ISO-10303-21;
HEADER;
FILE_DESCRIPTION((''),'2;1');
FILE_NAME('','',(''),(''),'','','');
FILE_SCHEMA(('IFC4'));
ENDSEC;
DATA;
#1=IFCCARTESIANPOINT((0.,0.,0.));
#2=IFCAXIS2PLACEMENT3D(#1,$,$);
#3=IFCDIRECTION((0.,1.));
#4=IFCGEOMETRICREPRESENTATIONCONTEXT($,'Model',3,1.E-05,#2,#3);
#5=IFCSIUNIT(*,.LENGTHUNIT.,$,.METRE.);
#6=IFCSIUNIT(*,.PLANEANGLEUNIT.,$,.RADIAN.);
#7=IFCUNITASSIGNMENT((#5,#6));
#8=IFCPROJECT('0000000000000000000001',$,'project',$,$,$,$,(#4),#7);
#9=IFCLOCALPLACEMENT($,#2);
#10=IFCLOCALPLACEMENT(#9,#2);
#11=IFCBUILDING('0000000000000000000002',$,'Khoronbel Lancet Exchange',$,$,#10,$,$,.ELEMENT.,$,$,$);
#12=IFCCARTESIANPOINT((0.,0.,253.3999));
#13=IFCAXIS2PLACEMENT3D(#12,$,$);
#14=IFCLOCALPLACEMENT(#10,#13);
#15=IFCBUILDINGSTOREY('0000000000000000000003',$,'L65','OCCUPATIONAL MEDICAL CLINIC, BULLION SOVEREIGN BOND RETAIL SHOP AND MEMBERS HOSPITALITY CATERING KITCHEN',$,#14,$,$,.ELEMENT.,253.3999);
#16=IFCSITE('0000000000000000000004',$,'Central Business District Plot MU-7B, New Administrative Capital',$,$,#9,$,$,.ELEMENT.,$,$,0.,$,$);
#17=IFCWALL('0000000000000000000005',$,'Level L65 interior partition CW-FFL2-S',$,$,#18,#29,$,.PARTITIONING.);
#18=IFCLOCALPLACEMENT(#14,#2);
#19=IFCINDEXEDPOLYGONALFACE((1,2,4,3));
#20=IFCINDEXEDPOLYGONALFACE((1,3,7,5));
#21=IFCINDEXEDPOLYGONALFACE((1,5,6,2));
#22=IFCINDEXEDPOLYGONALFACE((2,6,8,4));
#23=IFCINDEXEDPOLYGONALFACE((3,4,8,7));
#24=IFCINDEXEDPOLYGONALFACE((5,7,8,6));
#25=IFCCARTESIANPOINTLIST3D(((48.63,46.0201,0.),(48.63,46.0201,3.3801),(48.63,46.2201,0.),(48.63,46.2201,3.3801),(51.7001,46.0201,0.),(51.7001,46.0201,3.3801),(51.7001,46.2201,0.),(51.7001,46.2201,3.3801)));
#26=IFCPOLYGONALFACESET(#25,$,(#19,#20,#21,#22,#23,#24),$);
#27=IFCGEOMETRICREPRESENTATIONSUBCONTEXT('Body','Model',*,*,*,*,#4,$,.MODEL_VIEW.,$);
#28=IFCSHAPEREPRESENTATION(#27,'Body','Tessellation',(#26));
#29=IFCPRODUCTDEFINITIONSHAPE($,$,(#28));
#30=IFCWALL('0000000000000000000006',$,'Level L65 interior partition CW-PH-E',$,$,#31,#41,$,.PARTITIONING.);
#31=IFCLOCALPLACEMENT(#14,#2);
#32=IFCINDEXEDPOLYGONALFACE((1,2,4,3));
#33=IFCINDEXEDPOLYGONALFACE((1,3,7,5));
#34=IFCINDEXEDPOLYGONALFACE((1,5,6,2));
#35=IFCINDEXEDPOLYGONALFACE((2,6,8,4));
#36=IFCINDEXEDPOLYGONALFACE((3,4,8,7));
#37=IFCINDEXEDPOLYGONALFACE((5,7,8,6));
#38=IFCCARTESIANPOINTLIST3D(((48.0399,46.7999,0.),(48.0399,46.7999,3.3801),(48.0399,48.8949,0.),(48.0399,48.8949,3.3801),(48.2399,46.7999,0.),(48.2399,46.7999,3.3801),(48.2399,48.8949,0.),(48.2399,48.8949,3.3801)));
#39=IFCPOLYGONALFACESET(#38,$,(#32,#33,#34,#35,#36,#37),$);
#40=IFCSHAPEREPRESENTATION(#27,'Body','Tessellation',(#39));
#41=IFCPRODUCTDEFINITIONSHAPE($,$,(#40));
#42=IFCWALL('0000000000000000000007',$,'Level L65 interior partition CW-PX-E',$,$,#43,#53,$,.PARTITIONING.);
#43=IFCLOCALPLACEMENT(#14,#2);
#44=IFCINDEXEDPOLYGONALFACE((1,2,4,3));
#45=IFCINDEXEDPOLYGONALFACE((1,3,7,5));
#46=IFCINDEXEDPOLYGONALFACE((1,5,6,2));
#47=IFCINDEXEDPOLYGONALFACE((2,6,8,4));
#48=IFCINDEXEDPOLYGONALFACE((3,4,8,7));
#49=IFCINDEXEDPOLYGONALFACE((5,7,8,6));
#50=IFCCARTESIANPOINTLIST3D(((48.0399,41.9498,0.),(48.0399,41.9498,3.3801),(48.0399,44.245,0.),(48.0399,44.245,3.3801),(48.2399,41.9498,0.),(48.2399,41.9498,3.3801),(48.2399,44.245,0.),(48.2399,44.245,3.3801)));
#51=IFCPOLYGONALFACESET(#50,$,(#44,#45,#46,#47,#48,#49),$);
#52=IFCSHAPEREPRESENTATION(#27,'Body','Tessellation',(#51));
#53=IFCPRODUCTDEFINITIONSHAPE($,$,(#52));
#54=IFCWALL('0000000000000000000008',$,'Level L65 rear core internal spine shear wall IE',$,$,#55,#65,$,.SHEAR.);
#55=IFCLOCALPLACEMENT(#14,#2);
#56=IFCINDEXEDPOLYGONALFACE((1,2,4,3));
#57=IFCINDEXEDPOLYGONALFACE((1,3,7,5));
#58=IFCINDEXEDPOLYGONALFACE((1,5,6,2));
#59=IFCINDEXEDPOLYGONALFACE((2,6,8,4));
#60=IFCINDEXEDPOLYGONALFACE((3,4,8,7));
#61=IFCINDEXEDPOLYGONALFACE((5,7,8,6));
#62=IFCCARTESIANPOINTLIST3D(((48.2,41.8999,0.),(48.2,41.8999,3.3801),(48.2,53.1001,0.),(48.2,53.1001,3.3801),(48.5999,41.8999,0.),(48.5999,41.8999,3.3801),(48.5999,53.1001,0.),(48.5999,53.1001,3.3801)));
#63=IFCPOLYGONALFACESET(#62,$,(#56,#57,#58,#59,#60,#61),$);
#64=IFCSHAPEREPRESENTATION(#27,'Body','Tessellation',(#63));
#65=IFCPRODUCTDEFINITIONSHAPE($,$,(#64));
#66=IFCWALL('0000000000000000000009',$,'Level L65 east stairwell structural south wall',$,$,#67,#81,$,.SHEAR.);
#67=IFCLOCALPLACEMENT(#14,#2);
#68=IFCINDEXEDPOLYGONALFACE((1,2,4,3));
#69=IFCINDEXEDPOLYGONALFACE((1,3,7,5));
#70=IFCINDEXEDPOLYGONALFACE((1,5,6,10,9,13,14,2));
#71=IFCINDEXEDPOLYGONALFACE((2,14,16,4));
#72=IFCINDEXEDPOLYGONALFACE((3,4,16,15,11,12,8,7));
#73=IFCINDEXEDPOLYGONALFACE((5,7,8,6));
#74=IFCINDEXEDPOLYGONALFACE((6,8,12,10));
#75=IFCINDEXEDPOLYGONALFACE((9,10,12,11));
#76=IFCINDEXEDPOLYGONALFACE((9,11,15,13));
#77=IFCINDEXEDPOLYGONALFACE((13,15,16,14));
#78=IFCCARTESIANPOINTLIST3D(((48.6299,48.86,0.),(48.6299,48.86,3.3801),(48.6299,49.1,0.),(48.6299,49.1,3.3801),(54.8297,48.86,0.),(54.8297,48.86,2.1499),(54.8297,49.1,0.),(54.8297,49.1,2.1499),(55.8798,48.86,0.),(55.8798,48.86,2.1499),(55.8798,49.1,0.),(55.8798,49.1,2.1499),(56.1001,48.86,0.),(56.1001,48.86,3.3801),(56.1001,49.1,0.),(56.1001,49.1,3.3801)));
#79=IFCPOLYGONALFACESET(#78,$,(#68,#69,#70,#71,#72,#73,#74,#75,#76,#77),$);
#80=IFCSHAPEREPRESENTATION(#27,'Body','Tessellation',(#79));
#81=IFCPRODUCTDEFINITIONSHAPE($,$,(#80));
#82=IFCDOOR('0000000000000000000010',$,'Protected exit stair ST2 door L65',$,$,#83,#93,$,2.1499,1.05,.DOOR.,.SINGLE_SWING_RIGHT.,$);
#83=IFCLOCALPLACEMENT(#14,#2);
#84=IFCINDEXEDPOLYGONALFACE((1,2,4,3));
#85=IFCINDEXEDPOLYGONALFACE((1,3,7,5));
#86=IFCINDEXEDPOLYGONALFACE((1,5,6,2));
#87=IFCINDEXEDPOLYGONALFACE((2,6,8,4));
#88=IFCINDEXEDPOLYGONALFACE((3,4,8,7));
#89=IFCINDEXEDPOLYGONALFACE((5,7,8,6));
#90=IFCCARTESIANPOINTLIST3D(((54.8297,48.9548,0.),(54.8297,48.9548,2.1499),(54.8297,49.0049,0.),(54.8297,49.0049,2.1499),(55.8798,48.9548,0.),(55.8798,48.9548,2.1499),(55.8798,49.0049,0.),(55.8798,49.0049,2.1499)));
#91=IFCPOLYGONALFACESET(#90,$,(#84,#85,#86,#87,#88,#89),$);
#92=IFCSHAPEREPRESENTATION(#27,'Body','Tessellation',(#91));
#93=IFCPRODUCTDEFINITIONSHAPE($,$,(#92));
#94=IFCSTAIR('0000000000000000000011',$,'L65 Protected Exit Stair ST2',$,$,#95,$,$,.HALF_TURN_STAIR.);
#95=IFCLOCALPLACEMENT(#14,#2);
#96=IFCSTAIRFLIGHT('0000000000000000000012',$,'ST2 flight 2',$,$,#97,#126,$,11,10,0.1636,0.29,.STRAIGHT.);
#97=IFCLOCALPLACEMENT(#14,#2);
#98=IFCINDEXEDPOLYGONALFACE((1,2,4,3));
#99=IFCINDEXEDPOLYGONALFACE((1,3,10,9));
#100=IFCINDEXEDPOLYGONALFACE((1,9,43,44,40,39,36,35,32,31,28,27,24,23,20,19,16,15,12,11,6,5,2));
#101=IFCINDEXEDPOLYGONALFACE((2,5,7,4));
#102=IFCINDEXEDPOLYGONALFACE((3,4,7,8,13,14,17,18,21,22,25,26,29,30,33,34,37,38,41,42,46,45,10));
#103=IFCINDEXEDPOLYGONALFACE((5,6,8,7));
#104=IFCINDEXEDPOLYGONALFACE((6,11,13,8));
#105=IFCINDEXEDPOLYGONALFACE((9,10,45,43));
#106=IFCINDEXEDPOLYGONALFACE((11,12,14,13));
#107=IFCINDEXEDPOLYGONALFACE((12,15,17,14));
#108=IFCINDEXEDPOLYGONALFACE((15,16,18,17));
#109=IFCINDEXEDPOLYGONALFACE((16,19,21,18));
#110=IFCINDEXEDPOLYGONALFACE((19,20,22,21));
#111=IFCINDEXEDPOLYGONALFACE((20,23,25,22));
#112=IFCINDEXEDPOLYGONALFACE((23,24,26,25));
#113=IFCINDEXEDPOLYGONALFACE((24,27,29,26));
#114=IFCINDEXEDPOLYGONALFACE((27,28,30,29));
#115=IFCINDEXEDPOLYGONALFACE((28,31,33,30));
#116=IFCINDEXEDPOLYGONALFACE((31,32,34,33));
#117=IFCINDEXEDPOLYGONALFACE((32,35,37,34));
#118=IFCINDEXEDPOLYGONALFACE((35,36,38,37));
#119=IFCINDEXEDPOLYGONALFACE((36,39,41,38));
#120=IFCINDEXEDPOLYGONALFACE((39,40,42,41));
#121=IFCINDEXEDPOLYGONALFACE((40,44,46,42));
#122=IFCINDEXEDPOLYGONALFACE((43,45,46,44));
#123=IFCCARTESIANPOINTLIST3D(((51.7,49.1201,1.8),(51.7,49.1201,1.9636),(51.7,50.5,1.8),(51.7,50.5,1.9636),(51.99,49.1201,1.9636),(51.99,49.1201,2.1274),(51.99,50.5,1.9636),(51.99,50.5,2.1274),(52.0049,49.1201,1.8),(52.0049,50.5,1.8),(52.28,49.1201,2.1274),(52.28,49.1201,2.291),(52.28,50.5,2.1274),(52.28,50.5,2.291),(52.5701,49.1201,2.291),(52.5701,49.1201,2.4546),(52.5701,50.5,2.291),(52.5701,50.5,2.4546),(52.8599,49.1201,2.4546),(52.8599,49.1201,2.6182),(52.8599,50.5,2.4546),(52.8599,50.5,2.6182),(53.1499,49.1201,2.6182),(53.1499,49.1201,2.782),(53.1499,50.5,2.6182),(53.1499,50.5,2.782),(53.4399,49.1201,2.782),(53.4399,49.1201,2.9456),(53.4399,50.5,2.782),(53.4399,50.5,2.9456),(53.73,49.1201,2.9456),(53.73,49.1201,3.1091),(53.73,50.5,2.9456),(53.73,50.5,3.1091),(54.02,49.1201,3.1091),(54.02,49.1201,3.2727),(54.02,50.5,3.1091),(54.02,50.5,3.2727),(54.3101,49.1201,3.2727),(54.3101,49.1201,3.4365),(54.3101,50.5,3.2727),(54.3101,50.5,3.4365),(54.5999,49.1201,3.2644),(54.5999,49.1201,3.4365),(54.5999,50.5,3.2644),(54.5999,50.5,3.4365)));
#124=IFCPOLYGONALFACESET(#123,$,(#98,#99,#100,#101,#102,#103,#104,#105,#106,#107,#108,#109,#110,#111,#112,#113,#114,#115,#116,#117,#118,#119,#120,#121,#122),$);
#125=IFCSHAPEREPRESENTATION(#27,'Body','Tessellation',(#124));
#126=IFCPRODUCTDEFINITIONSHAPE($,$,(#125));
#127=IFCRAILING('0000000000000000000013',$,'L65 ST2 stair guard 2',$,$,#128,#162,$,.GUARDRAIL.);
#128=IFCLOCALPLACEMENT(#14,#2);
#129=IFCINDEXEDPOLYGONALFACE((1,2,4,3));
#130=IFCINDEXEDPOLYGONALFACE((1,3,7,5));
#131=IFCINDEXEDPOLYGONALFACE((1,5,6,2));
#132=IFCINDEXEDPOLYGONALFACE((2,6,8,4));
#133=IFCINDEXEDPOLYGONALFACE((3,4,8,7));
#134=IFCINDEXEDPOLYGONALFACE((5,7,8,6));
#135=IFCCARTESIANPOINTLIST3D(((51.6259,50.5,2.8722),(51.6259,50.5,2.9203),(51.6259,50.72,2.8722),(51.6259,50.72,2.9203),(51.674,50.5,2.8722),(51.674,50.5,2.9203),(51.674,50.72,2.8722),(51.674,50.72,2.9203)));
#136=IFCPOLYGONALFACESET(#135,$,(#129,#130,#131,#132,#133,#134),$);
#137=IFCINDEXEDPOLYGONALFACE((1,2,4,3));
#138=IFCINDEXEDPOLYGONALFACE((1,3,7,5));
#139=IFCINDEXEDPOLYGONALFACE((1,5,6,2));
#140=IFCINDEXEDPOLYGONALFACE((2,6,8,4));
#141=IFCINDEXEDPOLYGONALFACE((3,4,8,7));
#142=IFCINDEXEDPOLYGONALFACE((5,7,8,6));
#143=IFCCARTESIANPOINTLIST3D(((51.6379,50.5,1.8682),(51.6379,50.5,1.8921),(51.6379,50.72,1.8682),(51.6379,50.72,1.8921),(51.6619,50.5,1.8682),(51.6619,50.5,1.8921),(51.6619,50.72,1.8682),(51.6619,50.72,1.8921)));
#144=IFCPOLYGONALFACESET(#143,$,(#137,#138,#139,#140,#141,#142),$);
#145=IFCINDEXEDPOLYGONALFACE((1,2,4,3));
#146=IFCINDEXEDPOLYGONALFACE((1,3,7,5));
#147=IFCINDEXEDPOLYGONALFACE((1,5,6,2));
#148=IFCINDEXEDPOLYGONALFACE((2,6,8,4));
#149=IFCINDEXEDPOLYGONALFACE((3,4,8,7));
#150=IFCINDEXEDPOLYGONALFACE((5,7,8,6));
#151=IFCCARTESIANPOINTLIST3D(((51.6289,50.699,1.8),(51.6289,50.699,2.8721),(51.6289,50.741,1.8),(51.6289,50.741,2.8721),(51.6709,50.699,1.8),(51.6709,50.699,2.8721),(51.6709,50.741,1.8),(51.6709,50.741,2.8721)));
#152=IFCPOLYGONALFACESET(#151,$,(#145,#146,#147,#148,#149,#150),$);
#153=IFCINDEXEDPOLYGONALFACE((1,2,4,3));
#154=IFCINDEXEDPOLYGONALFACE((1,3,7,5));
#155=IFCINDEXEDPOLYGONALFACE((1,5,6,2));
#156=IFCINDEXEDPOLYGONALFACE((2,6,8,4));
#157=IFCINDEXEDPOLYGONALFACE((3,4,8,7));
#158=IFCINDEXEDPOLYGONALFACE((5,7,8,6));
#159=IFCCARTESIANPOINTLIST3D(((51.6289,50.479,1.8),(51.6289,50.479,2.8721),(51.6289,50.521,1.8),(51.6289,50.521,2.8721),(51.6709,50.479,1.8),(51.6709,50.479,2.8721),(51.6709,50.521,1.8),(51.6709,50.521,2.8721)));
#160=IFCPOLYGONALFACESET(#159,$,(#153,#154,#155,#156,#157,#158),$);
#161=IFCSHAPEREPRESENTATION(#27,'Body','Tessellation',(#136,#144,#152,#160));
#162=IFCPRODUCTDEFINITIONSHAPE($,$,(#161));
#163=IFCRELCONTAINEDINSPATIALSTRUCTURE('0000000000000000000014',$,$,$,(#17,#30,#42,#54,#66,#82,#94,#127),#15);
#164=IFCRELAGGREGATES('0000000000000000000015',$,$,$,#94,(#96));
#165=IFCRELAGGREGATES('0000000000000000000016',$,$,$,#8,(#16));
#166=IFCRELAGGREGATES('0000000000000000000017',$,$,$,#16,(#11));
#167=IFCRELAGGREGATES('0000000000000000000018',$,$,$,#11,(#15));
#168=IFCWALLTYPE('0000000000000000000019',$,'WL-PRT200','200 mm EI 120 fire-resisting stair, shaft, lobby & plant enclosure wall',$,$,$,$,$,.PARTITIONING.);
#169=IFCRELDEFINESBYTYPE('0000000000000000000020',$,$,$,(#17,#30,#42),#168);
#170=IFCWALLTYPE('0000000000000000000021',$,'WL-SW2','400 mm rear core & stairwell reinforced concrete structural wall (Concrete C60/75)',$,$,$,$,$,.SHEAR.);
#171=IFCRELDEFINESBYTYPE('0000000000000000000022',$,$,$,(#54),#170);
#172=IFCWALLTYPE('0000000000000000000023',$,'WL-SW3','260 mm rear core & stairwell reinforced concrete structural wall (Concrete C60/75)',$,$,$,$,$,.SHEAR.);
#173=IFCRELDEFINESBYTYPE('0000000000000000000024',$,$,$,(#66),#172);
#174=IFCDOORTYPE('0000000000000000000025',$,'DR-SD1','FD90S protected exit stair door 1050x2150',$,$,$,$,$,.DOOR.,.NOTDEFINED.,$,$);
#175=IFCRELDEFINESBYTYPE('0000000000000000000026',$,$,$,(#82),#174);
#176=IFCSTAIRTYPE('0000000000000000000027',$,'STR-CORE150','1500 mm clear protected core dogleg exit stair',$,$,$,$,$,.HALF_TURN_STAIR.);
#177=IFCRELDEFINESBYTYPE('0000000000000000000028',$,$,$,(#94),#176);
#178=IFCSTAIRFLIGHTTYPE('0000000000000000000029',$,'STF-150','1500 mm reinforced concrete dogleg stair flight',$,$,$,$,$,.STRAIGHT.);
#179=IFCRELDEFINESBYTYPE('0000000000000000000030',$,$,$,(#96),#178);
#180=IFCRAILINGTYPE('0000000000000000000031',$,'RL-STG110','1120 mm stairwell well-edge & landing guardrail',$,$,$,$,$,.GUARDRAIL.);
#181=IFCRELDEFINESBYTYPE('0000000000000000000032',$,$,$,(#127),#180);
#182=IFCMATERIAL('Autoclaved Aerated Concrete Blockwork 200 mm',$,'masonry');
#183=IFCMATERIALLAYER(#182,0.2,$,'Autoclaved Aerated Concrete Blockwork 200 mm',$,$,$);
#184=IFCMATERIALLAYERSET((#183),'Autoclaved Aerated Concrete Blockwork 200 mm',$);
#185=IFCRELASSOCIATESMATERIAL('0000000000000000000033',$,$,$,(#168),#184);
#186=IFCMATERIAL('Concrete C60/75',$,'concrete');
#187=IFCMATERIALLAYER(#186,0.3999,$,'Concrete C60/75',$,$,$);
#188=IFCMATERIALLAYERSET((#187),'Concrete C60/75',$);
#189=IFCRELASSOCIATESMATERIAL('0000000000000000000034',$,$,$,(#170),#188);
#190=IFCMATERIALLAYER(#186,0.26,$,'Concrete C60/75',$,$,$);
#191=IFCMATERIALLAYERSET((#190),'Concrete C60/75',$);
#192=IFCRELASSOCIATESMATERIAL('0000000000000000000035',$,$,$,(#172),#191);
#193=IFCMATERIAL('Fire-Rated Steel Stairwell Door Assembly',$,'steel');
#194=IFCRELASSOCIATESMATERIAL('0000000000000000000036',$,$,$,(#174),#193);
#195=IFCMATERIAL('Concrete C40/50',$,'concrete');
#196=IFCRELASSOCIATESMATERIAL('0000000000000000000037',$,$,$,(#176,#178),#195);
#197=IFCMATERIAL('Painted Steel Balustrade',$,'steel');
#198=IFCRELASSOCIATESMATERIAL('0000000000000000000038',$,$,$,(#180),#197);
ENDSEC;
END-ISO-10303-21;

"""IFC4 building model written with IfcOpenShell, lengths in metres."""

from ifc_helpers import new_model, si_unit, direction, frame, frame_2d, origin, origin_2d, place, context, subcontext, project, spatial, polyline, rectangle, outline, extrude, material, layer, layer_set, type_object, element, fill, aggregate, save


model = new_model("IFC4")

# Units and contexts
model_context = context("Model", 3, precision=1e-05, world=origin(), true_north=direction((0.0, 1.0)))
body_context = subcontext(model_context, "Body", "Model", "MODEL_VIEW")
ifc_project = project(units=[si_unit("LENGTHUNIT", "METRE"), si_unit("PLANEANGLEUNIT", "RADIAN")], contexts=[model_context])

# Site, building, storey
site_placement = place(None, origin())
site = spatial("IfcSite", under=ifc_project, at=site_placement, Name="Central Business District Plot MU-7B, New Administrative Capital", CompositionType="ELEMENT", RefElevation=0.0)
building_placement = place(site_placement, origin())
building = spatial("IfcBuilding", under=site, at=building_placement, Name="Khoronbel Lancet Exchange", CompositionType="ELEMENT")
storey_placement = place(building_placement, frame((0.0, 0.0, 253.3999)))
storey = spatial("IfcBuildingStorey", under=building, at=storey_placement, Name="L65", Description="OCCUPATIONAL MEDICAL CLINIC, BULLION SOVEREIGN BOND RETAIL SHOP AND MEMBERS HOSPITALITY CATERING KITCHEN", CompositionType="ELEMENT", Elevation=253.3999)

# Shared definitions
ifc_material_1 = material(Name="Autoclaved Aerated Concrete Blockwork 200 mm", Category="masonry")
ifc_layer_1 = layer(ifc_material_1, 0.2, Name="Autoclaved Aerated Concrete Blockwork 200 mm")
ifc_layer_set_1 = layer_set([ifc_layer_1], Name="Autoclaved Aerated Concrete Blockwork 200 mm")
wall_type_1 = type_object("IfcWallType", Name="WL-PRT200", Description="200 mm EI 120 fire-resisting stair, shaft, lobby & plant enclosure wall", PredefinedType="PARTITIONING", material=ifc_layer_set_1)

# Walls
wall_1_placement = place(storey_placement, frame((48.6299, 46.1201, 0.0), z_axis=(0.0, 0.0, 1.0), x_axis=(1.0, 0.0, 0.0)))
element("IfcWall", 1, at=wall_1_placement, inside=storey, type_object=wall_type_1, Name="Level L65 interior partition CW-FFL2-S", PredefinedType="PARTITIONING", context=body_context, shape_type="SweptSolid", body=[
    extrude(rectangle(XDim=3.0701, YDim=0.2, at=frame_2d((1.5352, 0.0))), origin(), (0.0, 0.0, 1.0), 3.3801),
])
wall_2_placement = place(storey_placement, frame((48.1399, 46.8, 0.0), z_axis=(0.0, 0.0, 1.0), x_axis=(0.0, 1.0, 0.0)))
element("IfcWall", 2, at=wall_2_placement, inside=storey, type_object=wall_type_1, Name="Level L65 interior partition CW-PH-E", PredefinedType="PARTITIONING", context=body_context, shape_type="SweptSolid", body=[
    extrude(rectangle(XDim=2.095, YDim=0.2, at=frame_2d((1.0474, 0.0))), origin(), (0.0, 0.0, 1.0), 3.3801),
])
wall_3_placement = place(storey_placement, frame((48.1399, 41.95, 0.0), z_axis=(0.0, 0.0, 1.0), x_axis=(0.0, 1.0, 0.0)))
element("IfcWall", 3, at=wall_3_placement, inside=storey, type_object=wall_type_1, Name="Level L65 interior partition CW-PX-E", PredefinedType="PARTITIONING", context=body_context, shape_type="SweptSolid", body=[
    extrude(rectangle(XDim=2.2952, YDim=0.2, at=frame_2d((1.1475, 0.0))), origin(), (0.0, 0.0, 1.0), 3.3801),
])
ifc_material_2 = material(Name="Concrete C60/75", Category="concrete")
ifc_layer_2 = layer(ifc_material_2, 0.3999, Name="Concrete C60/75")
ifc_layer_set_2 = layer_set([ifc_layer_2], Name="Concrete C60/75")
wall_type_2 = type_object("IfcWallType", Name="WL-SW2", Description="400 mm rear core & stairwell reinforced concrete structural wall (Concrete C60/75)", PredefinedType="SHEAR", material=ifc_layer_set_2)
wall_4_placement = place(storey_placement, frame((48.3999, 41.8999, 0.0), z_axis=(0.0, 0.0, 1.0), x_axis=(0.0, 1.0, 0.0)))
element("IfcWall", 4, at=wall_4_placement, inside=storey, type_object=wall_type_2, Name="Level L65 rear core internal spine shear wall IE", PredefinedType="SHEAR", context=body_context, shape_type="SweptSolid", body=[
    extrude(rectangle(XDim=11.2002, YDim=0.3999, at=frame_2d((5.6001, 0.0))), origin(), (0.0, 0.0, 1.0), 3.3801),
])

# Wall, opening, door
ifc_layer_3 = layer(ifc_material_2, 0.26, Name="Concrete C60/75")
ifc_layer_set_3 = layer_set([ifc_layer_3], Name="Concrete C60/75")
wall_type_3 = type_object("IfcWallType", Name="WL-SW3", Description="260 mm rear core & stairwell reinforced concrete structural wall (Concrete C60/75)", PredefinedType="SHEAR", material=ifc_layer_set_3)
wall_5_placement = place(storey_placement, frame((48.6299, 48.98, 0.0), z_axis=(0.0, 0.0, 1.0), x_axis=(1.0, 0.0, 0.0)))
wall_5 = element("IfcWall", 5, at=wall_5_placement, inside=storey, type_object=wall_type_3, Name="Level L65 east stairwell structural south wall", PredefinedType="SHEAR", context=body_context, shape_type="SweptSolid", body=[
    extrude(rectangle(XDim=7.4702, YDim=0.24, at=frame_2d((3.7351, 0.0))), origin(), (0.0, 0.0, 1.0), 3.3801),
])
opening_1_placement = place(wall_5_placement, frame((6.2, 0.0, 0.0)))
opening_1 = element("IfcOpeningElement", 6, at=opening_1_placement, cuts=wall_5, PredefinedType="OPENING", context=body_context, shape_type="SweptSolid", body=[
    extrude(rectangle(XDim=1.05, YDim=2.1499, at=frame_2d((0.5249, 1.075))), frame((0.0, 0.1299, 0.0), z_axis=(0.0, -1.0, 0.0), x_axis=(1.0, 0.0, 0.0)), (0.0, 0.0, 1.0), 0.26),
])
ifc_material_3 = material(Name="Fire-Rated Steel Stairwell Door Assembly", Category="steel")
door_type_1 = type_object("IfcDoorType", Name="DR-SD1", Description="FD90S protected exit stair door 1050x2150", OperationType="NOTDEFINED", PredefinedType="DOOR", material=ifc_material_3)
door_1_placement = place(opening_1_placement, origin())
door_1 = element("IfcDoor", 7, at=door_1_placement, inside=storey, type_object=door_type_1, Name="Protected exit stair ST2 door L65", OperationType="SINGLE_SWING_RIGHT", OverallHeight=2.1499, OverallWidth=1.05, PredefinedType="DOOR", context=body_context, shape_type="SweptSolid", body=[
    extrude(rectangle(XDim=1.05, YDim=2.1499, at=frame_2d((0.5249, 1.075))), frame((0.0, 0.0249, 0.0), z_axis=(0.0, -1.0, 0.0), x_axis=(1.0, 0.0, 0.0)), (0.0, 0.0, 1.0), 0.05),
])
fill(opening_1, door_1)

# Stair, stair flight
ifc_material_4 = material(Name="Concrete C40/50", Category="concrete")
stair_type = type_object("IfcStairType", Name="STR-CORE150", Description="1500 mm clear protected core dogleg exit stair", PredefinedType="HALF_TURN_STAIR", material=ifc_material_4)
stair_placement = place(storey_placement, origin())
stair = element("IfcStair", 8, at=stair_placement, inside=storey, type_object=stair_type, Name="L65 Protected Exit Stair ST2", PredefinedType="HALF_TURN_STAIR")
stair_flight_type = type_object("IfcStairFlightType", Name="STF-150", Description="1500 mm reinforced concrete dogleg stair flight", PredefinedType="STRAIGHT", material=ifc_material_4)
stair_flight_placement = place(storey_placement, frame((51.7, 49.8101, 1.8), z_axis=(0.0, 0.0, 1.0), x_axis=(1.0, 0.0, 0.0)))
stair_flight = element("IfcStairFlight", 9, at=stair_flight_placement, type_object=stair_flight_type, Name="ST2 flight 2", NumberOfRisers=11, NumberOfTreads=10, PredefinedType="STRAIGHT", RiserHeight=0.1636, TreadLength=0.29, context=body_context, shape_type="SweptSolid", body=[
    extrude(outline(polyline([(0.0, 0.0), (0.0, 0.1636), (0.29, 0.1636), (0.29, 0.3274), (0.5801, 0.3274), (0.5801, 0.491), (0.8701, 0.491), (0.8701, 0.6545), (1.1599, 0.6545), (1.1599, 0.8181), (1.45, 0.8181), (1.45, 0.9819), (1.74, 0.9819), (1.74, 1.1455), (2.03, 1.1455), (2.03, 1.3091), (2.3201, 1.3091), (2.3201, 1.4727), (2.6101, 1.4727), (2.6101, 1.6365), (2.8999, 1.6365), (2.8999, 1.8), (2.8999, 1.4644), (0.3049, 0.0), (0.0, 0.0)])), frame((0.0, 0.6899, 0.0), z_axis=(0.0, -1.0, 0.0), x_axis=(1.0, 0.0, 0.0)), (0.0, 0.0, 1.0), 1.3799),
])
aggregate(stair, [stair_flight])

# Railing
ifc_material_5 = material(Name="Painted Steel Balustrade", Category="steel")
railing_type_1 = type_object("IfcRailingType", Name="RL-STG110", Description="1120 mm stairwell well-edge & landing guardrail", PredefinedType="GUARDRAIL", material=ifc_material_5)
railing_1_placement = place(storey_placement, frame((51.6499, 50.72, 1.8)))
element("IfcRailing", 10, at=railing_1_placement, inside=storey, type_object=railing_type_1, Name="L65 ST2 stair guard 2", PredefinedType="GUARDRAIL", context=body_context, shape_type="SweptSolid", body=[
    extrude(rectangle(XDim=0.0481, YDim=0.0481, at=origin_2d()), frame((0.0, 0.0, 1.0962), z_axis=(0.0, -1.0, 0.0), x_axis=(1.0, 0.0, 0.0)), (0.0, 0.0, 1.0), 0.22),
    extrude(rectangle(XDim=0.0239, YDim=0.0239, at=origin_2d()), frame((0.0, 0.0, 0.0801), z_axis=(0.0, -1.0, 0.0), x_axis=(1.0, 0.0, 0.0)), (0.0, 0.0, 1.0), 0.22),
    extrude(rectangle(XDim=0.042, YDim=0.042, at=origin_2d()), origin(), (0.0, 0.0, 1.0), 1.072),
    extrude(rectangle(XDim=0.042, YDim=0.042, at=origin_2d()), frame((0.0, -0.22, 0.0)), (0.0, 0.0, 1.0), 1.072),
])

save(model, "model.ifc")
